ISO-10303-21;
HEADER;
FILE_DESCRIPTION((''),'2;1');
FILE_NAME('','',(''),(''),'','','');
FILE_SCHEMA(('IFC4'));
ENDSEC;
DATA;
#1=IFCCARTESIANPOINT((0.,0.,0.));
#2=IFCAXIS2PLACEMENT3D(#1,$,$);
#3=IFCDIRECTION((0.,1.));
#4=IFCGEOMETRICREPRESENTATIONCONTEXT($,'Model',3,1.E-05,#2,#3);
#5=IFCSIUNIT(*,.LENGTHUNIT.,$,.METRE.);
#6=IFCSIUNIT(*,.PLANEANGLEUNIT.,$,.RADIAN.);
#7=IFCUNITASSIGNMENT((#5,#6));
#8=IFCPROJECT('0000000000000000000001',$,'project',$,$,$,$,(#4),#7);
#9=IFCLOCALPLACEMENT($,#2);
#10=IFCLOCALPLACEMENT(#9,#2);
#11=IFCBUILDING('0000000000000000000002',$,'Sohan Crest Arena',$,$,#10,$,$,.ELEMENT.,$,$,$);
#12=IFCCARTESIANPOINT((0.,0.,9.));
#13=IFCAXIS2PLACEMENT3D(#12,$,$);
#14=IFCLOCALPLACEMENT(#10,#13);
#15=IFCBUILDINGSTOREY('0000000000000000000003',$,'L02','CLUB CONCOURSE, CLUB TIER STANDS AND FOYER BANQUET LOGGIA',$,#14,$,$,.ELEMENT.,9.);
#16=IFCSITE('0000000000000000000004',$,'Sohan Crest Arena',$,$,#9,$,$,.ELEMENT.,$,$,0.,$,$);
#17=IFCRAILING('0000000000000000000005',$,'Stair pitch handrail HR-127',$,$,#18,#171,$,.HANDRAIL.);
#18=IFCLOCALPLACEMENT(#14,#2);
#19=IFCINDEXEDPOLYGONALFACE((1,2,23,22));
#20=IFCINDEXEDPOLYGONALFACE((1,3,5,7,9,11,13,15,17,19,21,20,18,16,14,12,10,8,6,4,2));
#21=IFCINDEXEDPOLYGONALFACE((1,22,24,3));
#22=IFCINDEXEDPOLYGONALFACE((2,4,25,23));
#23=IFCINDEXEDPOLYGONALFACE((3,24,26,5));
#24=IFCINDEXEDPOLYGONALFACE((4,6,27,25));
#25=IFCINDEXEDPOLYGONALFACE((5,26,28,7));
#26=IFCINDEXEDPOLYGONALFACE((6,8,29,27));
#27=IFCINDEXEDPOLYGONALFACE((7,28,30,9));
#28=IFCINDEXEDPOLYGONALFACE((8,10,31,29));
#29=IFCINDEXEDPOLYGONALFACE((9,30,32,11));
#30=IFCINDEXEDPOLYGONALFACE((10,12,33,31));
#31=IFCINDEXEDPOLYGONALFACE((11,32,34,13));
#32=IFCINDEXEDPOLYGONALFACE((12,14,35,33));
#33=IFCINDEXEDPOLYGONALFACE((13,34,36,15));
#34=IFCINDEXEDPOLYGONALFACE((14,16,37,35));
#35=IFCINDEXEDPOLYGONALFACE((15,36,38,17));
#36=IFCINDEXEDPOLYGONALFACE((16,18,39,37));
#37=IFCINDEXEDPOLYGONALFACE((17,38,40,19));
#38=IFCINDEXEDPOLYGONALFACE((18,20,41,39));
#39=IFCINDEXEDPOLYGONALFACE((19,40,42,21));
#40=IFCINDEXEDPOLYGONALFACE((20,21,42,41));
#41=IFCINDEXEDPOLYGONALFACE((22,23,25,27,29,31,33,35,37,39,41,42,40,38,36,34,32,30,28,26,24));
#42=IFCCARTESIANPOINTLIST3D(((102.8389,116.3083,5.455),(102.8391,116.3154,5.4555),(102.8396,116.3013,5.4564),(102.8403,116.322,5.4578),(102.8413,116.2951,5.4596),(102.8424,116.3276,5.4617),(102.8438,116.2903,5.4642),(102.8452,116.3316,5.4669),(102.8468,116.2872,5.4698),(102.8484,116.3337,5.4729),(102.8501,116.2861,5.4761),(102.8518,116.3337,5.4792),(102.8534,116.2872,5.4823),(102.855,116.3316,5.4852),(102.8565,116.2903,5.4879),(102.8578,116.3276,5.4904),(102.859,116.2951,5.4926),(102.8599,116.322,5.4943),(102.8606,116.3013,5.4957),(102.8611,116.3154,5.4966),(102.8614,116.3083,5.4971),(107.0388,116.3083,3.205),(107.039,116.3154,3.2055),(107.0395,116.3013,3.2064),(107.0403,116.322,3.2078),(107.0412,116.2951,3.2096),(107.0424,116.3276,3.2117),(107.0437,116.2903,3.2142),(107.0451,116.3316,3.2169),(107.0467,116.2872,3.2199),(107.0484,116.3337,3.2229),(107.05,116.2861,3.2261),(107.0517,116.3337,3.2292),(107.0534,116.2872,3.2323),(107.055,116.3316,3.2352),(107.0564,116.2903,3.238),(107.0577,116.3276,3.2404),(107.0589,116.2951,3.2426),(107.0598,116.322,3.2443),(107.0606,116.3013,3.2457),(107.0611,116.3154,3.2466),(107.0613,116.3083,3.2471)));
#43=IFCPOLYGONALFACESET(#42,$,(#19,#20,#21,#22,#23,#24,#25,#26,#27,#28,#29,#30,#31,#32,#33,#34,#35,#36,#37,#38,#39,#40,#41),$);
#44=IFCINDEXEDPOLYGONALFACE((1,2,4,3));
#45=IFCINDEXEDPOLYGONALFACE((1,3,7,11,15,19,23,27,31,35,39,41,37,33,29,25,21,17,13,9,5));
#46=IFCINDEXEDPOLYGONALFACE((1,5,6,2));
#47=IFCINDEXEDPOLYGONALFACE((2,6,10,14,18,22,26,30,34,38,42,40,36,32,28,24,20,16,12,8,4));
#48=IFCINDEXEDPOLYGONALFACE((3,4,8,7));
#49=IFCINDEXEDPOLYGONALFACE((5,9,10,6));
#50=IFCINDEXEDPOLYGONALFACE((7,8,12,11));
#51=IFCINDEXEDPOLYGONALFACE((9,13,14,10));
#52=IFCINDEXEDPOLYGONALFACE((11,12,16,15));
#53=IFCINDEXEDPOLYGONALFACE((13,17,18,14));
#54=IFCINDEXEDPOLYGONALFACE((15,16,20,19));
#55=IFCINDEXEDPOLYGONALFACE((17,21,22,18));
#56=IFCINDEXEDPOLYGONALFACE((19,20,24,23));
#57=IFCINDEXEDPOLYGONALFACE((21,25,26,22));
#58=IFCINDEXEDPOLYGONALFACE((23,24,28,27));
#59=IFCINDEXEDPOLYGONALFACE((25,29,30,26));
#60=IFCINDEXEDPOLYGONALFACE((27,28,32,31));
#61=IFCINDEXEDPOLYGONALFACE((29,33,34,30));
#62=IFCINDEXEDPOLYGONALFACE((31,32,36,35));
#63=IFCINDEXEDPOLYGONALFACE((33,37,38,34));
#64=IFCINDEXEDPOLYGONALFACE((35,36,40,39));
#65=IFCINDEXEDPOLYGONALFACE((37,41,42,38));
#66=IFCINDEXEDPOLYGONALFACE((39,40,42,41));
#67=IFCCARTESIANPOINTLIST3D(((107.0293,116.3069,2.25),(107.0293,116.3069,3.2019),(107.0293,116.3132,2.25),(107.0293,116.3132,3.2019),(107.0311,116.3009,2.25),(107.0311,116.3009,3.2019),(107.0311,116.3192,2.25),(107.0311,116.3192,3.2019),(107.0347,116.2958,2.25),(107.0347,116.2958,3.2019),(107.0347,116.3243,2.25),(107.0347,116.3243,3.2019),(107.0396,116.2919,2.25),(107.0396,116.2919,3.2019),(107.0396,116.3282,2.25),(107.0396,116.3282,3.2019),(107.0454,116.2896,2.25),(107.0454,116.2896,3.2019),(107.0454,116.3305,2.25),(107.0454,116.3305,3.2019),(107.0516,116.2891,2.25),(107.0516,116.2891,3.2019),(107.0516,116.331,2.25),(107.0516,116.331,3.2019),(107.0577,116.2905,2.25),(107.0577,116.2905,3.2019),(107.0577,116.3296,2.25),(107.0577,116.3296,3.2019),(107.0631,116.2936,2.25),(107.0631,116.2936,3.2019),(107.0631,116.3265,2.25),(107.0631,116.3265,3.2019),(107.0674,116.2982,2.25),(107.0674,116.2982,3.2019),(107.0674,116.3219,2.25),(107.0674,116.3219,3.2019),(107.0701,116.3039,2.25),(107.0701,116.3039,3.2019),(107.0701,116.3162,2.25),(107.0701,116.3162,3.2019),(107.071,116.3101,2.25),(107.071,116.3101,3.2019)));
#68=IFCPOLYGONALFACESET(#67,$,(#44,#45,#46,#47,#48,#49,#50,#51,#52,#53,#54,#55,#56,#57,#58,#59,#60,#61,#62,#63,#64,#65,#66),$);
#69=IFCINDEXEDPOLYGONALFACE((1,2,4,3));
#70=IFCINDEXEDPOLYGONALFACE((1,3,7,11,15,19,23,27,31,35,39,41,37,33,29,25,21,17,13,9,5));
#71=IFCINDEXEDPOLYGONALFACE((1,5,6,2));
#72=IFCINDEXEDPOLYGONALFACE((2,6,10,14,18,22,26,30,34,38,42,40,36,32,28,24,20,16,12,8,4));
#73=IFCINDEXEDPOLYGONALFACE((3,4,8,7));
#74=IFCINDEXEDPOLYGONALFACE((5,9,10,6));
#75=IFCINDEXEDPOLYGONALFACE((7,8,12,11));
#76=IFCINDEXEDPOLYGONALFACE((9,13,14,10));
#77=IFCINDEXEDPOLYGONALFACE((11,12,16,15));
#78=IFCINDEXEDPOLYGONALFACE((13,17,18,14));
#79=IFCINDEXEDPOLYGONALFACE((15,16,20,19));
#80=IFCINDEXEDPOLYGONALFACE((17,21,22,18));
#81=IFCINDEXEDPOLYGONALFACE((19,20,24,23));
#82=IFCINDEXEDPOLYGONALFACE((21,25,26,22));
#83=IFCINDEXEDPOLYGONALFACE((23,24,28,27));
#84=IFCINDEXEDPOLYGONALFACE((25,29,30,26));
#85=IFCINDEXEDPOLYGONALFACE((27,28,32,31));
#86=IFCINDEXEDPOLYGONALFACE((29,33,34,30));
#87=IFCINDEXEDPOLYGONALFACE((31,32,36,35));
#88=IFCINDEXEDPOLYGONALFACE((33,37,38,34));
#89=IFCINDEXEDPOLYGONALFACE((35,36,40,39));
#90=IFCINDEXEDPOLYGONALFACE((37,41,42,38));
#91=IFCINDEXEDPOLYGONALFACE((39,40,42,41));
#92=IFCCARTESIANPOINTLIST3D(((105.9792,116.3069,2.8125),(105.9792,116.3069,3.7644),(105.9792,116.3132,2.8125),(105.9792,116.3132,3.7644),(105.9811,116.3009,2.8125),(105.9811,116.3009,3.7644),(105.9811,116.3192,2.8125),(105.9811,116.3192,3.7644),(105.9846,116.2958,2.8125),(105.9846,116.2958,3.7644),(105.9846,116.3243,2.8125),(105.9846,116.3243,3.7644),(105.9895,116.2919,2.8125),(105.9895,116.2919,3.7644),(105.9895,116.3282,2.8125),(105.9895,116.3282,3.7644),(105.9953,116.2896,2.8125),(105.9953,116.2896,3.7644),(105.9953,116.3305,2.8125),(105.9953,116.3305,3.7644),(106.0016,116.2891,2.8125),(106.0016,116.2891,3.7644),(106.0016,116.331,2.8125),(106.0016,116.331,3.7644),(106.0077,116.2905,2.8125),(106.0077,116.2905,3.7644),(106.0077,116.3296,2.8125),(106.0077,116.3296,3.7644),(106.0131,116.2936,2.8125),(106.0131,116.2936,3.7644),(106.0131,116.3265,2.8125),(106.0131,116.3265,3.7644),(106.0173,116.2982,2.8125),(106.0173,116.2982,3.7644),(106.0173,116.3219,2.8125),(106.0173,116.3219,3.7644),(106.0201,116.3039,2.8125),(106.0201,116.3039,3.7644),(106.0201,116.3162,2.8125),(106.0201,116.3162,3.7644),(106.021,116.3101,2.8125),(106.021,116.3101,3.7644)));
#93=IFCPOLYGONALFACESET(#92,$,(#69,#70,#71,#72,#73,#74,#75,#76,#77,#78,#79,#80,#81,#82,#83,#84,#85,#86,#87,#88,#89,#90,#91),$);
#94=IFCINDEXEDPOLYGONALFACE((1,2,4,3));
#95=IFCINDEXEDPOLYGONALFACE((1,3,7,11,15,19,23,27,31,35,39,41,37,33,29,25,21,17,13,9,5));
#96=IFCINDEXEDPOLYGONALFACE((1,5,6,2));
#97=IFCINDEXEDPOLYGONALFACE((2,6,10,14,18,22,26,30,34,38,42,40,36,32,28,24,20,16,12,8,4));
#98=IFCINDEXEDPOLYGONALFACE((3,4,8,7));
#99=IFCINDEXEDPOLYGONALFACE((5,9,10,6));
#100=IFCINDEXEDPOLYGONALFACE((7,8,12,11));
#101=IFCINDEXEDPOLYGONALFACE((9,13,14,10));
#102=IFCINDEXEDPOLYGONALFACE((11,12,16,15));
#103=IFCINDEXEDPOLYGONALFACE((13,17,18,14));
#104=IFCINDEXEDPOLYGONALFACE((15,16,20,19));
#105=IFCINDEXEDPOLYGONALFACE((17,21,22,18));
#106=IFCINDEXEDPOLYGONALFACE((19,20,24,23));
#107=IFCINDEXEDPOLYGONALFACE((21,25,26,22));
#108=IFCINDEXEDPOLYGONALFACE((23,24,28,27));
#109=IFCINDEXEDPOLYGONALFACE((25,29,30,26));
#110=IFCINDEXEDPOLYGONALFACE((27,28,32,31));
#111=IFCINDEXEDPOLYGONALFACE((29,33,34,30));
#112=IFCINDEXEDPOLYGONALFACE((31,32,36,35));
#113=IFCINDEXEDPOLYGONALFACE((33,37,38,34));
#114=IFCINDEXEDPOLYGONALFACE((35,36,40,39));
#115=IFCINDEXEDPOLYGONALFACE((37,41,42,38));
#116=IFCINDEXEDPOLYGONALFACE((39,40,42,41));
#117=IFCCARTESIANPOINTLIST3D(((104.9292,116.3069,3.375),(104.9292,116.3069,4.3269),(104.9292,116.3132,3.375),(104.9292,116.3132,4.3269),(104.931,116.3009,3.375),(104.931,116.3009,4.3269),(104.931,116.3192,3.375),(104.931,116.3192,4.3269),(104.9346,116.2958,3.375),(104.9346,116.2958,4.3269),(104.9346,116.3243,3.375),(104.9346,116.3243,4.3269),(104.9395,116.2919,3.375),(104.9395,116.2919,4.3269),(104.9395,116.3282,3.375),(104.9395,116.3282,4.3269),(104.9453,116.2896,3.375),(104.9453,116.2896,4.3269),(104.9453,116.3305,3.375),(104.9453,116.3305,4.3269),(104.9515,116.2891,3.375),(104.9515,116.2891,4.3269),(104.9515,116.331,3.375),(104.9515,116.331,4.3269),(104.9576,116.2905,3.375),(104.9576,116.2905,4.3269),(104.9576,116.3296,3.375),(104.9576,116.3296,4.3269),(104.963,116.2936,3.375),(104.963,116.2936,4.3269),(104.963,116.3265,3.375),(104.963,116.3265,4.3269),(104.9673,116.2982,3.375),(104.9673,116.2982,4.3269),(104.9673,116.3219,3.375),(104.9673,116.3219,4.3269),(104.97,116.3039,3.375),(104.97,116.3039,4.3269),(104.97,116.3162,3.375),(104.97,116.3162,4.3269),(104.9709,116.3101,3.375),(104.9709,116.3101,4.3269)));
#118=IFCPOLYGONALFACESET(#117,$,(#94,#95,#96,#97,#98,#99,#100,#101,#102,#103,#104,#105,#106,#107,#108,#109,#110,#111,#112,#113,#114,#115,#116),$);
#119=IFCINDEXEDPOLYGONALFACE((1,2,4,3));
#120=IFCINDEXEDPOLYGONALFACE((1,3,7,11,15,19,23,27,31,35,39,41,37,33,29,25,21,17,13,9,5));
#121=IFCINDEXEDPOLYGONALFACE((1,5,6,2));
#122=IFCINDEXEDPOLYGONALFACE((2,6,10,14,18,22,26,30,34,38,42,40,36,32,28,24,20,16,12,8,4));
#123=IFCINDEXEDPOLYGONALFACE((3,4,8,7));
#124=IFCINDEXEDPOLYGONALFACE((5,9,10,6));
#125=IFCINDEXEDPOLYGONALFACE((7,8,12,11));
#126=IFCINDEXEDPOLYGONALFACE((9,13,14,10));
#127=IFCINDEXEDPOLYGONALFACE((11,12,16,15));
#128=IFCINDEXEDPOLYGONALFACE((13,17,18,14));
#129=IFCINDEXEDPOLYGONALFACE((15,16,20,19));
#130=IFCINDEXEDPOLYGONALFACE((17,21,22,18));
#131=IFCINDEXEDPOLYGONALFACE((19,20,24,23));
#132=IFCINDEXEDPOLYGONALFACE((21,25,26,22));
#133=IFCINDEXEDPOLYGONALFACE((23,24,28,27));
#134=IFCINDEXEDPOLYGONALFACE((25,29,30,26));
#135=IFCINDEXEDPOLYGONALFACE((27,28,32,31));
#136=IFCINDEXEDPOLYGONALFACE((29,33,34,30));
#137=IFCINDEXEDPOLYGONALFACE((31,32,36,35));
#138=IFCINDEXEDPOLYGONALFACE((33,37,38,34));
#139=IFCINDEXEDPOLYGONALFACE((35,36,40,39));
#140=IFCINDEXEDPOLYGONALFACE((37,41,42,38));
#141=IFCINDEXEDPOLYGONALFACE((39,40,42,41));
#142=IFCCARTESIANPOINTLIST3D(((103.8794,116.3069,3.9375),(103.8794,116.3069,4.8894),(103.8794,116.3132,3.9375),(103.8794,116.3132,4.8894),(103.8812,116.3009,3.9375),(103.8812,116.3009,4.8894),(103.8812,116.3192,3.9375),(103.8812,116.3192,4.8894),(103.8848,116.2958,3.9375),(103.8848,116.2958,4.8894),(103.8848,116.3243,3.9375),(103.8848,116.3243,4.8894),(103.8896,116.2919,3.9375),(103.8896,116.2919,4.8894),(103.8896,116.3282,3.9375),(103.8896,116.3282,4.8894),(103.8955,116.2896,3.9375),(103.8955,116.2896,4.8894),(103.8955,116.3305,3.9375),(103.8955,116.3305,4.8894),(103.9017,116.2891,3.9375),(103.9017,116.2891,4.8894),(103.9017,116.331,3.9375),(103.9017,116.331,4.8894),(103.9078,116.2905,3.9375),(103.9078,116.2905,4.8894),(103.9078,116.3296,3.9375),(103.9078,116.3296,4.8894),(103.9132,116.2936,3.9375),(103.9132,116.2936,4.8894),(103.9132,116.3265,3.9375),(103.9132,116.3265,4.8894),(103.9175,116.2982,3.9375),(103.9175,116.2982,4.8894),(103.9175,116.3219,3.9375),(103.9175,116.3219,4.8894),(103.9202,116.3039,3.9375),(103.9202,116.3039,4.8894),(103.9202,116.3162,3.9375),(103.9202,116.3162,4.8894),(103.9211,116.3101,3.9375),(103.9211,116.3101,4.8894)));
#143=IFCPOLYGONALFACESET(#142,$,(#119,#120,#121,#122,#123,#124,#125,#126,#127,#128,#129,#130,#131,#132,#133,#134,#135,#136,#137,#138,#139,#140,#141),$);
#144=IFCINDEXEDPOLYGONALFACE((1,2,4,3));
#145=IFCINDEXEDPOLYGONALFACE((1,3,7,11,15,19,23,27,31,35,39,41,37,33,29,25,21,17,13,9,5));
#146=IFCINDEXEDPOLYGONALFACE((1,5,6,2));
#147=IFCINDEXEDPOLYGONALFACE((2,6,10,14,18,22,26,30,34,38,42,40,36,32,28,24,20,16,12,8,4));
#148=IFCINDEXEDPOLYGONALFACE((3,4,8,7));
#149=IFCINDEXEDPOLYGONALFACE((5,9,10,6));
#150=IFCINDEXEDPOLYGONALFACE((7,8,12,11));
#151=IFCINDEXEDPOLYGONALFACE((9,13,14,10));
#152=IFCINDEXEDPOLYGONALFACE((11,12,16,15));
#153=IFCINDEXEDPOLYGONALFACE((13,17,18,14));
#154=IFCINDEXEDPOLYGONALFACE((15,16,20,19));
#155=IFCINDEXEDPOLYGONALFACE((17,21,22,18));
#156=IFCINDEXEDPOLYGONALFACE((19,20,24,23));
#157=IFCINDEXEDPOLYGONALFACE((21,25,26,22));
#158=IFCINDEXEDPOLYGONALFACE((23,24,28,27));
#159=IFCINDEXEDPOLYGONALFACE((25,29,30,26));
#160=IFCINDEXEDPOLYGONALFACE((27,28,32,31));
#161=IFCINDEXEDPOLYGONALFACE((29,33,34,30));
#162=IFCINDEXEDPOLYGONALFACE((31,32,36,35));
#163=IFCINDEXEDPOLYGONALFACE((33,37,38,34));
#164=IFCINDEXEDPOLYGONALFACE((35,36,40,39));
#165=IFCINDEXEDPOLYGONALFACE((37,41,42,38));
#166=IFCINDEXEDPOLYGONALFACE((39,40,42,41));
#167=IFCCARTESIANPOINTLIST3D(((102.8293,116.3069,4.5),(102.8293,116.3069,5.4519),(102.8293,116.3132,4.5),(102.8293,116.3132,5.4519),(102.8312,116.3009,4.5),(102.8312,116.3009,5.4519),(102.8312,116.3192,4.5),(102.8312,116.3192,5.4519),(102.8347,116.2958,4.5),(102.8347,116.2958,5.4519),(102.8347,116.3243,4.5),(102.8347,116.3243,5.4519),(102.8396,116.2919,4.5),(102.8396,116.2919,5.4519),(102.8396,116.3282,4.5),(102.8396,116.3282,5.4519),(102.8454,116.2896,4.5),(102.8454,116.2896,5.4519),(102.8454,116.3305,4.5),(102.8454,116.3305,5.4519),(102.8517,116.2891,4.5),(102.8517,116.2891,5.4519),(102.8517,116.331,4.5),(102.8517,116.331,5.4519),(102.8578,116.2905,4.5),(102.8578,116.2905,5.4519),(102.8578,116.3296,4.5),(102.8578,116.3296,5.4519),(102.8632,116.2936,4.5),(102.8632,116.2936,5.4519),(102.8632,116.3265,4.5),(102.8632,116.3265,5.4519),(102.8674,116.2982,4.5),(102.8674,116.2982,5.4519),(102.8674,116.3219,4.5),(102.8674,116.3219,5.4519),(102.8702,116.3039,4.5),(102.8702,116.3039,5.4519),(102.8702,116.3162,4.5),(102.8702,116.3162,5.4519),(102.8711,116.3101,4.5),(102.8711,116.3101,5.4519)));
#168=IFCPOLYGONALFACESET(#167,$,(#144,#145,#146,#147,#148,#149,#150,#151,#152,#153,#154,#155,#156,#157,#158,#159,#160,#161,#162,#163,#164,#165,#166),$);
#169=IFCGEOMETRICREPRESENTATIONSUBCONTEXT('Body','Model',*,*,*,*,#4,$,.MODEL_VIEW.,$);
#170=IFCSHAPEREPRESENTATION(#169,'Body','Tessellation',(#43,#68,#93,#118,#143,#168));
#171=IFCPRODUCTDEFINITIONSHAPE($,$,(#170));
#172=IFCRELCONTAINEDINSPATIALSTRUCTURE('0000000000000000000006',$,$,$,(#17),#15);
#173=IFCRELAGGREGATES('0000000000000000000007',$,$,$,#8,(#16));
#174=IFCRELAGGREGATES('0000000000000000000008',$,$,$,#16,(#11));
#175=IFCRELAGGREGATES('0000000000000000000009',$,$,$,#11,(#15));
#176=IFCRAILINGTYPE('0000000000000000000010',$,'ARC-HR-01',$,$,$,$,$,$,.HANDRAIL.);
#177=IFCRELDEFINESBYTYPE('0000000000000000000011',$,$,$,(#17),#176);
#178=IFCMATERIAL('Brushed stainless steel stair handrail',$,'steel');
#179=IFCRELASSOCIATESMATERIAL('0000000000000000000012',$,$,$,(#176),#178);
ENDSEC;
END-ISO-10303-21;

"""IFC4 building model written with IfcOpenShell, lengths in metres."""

from ifc_helpers import new_model, si_unit, direction, frame, origin, origin_2d, place, context, subcontext, project, spatial, circle, extrude, material, type_object, element, save


model = new_model("IFC4")

# Units and contexts
model_context = context("Model", 3, precision=1e-05, world=origin(), true_north=direction((0.0, 1.0)))
body_context = subcontext(model_context, "Body", "Model", "MODEL_VIEW")
ifc_project = project(units=[si_unit("LENGTHUNIT", "METRE"), si_unit("PLANEANGLEUNIT", "RADIAN")], contexts=[model_context])

# Site, building, storey
site_placement = place(None, origin())
site = spatial("IfcSite", under=ifc_project, at=site_placement, Name="Sohan Crest Arena", CompositionType="ELEMENT", RefElevation=0.0)
building_placement = place(site_placement, origin())
building = spatial("IfcBuilding", under=site, at=building_placement, Name="Sohan Crest Arena", CompositionType="ELEMENT")
storey_placement = place(building_placement, frame((0.0, 0.0, 9.0)))
storey = spatial("IfcBuildingStorey", under=building, at=storey_placement, Name="L02", Description="CLUB CONCOURSE, CLUB TIER STANDS AND FOYER BANQUET LOGGIA", CompositionType="ELEMENT", Elevation=9.0)

# Railing
ifc_material_1 = material(Name="Brushed stainless steel stair handrail", Category="steel")
railing_type_1 = type_object("IfcRailingType", Name="ARC-HR-01", PredefinedType="HANDRAIL", material=ifc_material_1)
railing_1_placement = place(storey_placement, frame((107.05, 116.3101, 2.25)))
element("IfcRailing", 1, at=railing_1_placement, inside=storey, type_object=railing_type_1, Name="Stair pitch handrail HR-127", PredefinedType="HANDRAIL", context=body_context, shape_type="SweptSolid", body=[
    extrude(circle(Radius=0.0239, at=origin_2d()), frame((0.0, 0.0, 0.9761), z_axis=(-0.881478, 0.0, 0.472226), x_axis=(0.0, -1.0, 0.0)), (0.0, 0.0, 1.0), 4.7646),
    extrude(circle(Radius=0.021, at=origin_2d()), origin(), (0.0, 0.0, 1.0), 0.9519),
    extrude(circle(Radius=0.021, at=origin_2d()), frame((-1.05, 0.0, 0.5625)), (0.0, 0.0, 1.0), 0.9519),
    extrude(circle(Radius=0.021, at=origin_2d()), frame((-2.1001, 0.0, 1.125)), (0.0, 0.0, 1.0), 0.9519),
    extrude(circle(Radius=0.021, at=origin_2d()), frame((-3.1499, 0.0, 1.6875)), (0.0, 0.0, 1.0), 0.9519),
    extrude(circle(Radius=0.021, at=origin_2d()), frame((-4.2, 0.0, 2.25)), (0.0, 0.0, 1.0), 0.9519),
])

save(model, "model.ifc")
